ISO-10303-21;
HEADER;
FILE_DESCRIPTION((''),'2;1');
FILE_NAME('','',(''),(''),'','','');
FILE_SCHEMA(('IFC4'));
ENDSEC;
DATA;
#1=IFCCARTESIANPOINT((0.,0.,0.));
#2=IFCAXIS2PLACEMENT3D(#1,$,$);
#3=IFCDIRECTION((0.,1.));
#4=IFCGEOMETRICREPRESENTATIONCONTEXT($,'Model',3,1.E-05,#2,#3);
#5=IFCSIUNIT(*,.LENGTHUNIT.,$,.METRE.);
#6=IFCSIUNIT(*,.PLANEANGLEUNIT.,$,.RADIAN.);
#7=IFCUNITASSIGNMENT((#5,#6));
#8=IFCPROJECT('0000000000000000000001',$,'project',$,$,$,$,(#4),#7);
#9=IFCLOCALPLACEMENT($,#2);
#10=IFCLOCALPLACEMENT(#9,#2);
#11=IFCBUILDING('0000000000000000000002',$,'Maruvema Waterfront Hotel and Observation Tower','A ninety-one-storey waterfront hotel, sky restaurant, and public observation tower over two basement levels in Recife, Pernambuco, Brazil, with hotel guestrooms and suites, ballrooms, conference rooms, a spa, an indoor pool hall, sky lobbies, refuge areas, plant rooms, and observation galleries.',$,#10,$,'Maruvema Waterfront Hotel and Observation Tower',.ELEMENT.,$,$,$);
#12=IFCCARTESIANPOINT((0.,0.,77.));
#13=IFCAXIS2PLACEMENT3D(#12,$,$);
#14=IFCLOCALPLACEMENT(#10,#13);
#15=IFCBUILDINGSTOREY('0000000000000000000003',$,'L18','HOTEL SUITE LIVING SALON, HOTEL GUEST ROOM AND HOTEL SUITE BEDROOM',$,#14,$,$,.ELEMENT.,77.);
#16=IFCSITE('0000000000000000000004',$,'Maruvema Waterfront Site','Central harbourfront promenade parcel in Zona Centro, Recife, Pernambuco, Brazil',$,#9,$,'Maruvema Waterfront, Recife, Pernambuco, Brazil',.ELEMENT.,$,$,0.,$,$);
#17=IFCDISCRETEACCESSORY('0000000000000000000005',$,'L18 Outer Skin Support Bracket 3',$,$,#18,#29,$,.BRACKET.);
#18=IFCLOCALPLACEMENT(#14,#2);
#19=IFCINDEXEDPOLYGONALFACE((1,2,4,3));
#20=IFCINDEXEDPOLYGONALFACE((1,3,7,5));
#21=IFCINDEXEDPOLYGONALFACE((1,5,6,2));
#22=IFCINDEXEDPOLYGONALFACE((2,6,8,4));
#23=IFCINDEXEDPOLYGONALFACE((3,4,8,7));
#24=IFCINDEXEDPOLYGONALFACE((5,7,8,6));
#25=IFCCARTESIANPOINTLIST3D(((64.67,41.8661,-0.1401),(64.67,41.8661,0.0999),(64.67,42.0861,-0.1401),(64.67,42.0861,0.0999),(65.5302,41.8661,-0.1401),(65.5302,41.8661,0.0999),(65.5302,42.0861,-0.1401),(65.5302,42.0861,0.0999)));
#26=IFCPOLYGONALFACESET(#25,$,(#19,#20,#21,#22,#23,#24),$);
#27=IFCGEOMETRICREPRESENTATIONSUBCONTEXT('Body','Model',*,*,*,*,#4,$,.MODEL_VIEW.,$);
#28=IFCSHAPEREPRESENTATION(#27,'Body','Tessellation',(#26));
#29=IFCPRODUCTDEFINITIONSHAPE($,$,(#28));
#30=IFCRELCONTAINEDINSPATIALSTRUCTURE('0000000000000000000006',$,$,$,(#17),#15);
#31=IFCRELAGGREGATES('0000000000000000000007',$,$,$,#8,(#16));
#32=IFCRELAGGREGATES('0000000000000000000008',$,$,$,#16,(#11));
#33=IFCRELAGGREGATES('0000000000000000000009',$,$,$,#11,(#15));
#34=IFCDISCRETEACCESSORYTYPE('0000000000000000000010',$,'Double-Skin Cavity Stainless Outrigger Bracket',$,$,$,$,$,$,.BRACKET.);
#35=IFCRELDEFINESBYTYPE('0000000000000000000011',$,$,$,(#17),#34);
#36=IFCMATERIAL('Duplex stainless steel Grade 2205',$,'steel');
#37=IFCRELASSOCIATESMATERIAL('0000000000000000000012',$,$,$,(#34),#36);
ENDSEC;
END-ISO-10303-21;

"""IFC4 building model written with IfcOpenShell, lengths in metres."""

from ifc_helpers import new_model, si_unit, direction, frame, origin, origin_2d, place, context, subcontext, project, spatial, rectangle, extrude, material, type_object, element, save


model = new_model("IFC4")

# Units and contexts
model_context = context("Model", 3, precision=1e-05, world=origin(), true_north=direction((0.0, 1.0)))
body_context = subcontext(model_context, "Body", "Model", "MODEL_VIEW")
ifc_project = project(units=[si_unit("LENGTHUNIT", "METRE"), si_unit("PLANEANGLEUNIT", "RADIAN")], contexts=[model_context])

# Site, building, storey
site_placement = place(None, origin())
site = spatial("IfcSite", under=ifc_project, at=site_placement, Name="Maruvema Waterfront Site", Description="Central harbourfront promenade parcel in Zona Centro, Recife, Pernambuco, Brazil", LongName="Maruvema Waterfront, Recife, Pernambuco, Brazil", CompositionType="ELEMENT", RefElevation=0.0)
building_placement = place(site_placement, origin())
building = spatial("IfcBuilding", under=site, at=building_placement, Name="Maruvema Waterfront Hotel and Observation Tower", Description="A ninety-one-storey waterfront hotel, sky restaurant, and public observation tower over two basement levels in Recife, Pernambuco, Brazil, with hotel guestrooms and suites, ballrooms, conference rooms, a spa, an indoor pool hall, sky lobbies, refuge areas, plant rooms, and observation galleries.", LongName="Maruvema Waterfront Hotel and Observation Tower", CompositionType="ELEMENT")
storey_placement = place(building_placement, frame((0.0, 0.0, 77.0)))
storey = spatial("IfcBuildingStorey", under=building, at=storey_placement, Name="L18", Description="HOTEL SUITE LIVING SALON, HOTEL GUEST ROOM AND HOTEL SUITE BEDROOM", CompositionType="ELEMENT", Elevation=77.0)

# Discrete accessory
ifc_material_1 = material(Name="Duplex stainless steel Grade 2205", Category="steel")
discrete_accessory_type = type_object("IfcDiscreteAccessoryType", Name="Double-Skin Cavity Stainless Outrigger Bracket", PredefinedType="BRACKET", material=ifc_material_1)
discrete_accessory_placement = place(storey_placement, frame((65.1001, 41.9761, -0.1401), z_axis=(0.0, 0.0, 1.0), x_axis=(0.0, 1.0, 0.0)))
element("IfcDiscreteAccessory", 1, at=discrete_accessory_placement, inside=storey, type_object=discrete_accessory_type, Name="L18 Outer Skin Support Bracket 3", PredefinedType="BRACKET", context=body_context, shape_type="SweptSolid", body=[
    extrude(rectangle(XDim=0.22, YDim=0.8601, at=origin_2d()), origin(), (0.0, 0.0, 1.0), 0.24),
])

save(model, "model.ifc")
